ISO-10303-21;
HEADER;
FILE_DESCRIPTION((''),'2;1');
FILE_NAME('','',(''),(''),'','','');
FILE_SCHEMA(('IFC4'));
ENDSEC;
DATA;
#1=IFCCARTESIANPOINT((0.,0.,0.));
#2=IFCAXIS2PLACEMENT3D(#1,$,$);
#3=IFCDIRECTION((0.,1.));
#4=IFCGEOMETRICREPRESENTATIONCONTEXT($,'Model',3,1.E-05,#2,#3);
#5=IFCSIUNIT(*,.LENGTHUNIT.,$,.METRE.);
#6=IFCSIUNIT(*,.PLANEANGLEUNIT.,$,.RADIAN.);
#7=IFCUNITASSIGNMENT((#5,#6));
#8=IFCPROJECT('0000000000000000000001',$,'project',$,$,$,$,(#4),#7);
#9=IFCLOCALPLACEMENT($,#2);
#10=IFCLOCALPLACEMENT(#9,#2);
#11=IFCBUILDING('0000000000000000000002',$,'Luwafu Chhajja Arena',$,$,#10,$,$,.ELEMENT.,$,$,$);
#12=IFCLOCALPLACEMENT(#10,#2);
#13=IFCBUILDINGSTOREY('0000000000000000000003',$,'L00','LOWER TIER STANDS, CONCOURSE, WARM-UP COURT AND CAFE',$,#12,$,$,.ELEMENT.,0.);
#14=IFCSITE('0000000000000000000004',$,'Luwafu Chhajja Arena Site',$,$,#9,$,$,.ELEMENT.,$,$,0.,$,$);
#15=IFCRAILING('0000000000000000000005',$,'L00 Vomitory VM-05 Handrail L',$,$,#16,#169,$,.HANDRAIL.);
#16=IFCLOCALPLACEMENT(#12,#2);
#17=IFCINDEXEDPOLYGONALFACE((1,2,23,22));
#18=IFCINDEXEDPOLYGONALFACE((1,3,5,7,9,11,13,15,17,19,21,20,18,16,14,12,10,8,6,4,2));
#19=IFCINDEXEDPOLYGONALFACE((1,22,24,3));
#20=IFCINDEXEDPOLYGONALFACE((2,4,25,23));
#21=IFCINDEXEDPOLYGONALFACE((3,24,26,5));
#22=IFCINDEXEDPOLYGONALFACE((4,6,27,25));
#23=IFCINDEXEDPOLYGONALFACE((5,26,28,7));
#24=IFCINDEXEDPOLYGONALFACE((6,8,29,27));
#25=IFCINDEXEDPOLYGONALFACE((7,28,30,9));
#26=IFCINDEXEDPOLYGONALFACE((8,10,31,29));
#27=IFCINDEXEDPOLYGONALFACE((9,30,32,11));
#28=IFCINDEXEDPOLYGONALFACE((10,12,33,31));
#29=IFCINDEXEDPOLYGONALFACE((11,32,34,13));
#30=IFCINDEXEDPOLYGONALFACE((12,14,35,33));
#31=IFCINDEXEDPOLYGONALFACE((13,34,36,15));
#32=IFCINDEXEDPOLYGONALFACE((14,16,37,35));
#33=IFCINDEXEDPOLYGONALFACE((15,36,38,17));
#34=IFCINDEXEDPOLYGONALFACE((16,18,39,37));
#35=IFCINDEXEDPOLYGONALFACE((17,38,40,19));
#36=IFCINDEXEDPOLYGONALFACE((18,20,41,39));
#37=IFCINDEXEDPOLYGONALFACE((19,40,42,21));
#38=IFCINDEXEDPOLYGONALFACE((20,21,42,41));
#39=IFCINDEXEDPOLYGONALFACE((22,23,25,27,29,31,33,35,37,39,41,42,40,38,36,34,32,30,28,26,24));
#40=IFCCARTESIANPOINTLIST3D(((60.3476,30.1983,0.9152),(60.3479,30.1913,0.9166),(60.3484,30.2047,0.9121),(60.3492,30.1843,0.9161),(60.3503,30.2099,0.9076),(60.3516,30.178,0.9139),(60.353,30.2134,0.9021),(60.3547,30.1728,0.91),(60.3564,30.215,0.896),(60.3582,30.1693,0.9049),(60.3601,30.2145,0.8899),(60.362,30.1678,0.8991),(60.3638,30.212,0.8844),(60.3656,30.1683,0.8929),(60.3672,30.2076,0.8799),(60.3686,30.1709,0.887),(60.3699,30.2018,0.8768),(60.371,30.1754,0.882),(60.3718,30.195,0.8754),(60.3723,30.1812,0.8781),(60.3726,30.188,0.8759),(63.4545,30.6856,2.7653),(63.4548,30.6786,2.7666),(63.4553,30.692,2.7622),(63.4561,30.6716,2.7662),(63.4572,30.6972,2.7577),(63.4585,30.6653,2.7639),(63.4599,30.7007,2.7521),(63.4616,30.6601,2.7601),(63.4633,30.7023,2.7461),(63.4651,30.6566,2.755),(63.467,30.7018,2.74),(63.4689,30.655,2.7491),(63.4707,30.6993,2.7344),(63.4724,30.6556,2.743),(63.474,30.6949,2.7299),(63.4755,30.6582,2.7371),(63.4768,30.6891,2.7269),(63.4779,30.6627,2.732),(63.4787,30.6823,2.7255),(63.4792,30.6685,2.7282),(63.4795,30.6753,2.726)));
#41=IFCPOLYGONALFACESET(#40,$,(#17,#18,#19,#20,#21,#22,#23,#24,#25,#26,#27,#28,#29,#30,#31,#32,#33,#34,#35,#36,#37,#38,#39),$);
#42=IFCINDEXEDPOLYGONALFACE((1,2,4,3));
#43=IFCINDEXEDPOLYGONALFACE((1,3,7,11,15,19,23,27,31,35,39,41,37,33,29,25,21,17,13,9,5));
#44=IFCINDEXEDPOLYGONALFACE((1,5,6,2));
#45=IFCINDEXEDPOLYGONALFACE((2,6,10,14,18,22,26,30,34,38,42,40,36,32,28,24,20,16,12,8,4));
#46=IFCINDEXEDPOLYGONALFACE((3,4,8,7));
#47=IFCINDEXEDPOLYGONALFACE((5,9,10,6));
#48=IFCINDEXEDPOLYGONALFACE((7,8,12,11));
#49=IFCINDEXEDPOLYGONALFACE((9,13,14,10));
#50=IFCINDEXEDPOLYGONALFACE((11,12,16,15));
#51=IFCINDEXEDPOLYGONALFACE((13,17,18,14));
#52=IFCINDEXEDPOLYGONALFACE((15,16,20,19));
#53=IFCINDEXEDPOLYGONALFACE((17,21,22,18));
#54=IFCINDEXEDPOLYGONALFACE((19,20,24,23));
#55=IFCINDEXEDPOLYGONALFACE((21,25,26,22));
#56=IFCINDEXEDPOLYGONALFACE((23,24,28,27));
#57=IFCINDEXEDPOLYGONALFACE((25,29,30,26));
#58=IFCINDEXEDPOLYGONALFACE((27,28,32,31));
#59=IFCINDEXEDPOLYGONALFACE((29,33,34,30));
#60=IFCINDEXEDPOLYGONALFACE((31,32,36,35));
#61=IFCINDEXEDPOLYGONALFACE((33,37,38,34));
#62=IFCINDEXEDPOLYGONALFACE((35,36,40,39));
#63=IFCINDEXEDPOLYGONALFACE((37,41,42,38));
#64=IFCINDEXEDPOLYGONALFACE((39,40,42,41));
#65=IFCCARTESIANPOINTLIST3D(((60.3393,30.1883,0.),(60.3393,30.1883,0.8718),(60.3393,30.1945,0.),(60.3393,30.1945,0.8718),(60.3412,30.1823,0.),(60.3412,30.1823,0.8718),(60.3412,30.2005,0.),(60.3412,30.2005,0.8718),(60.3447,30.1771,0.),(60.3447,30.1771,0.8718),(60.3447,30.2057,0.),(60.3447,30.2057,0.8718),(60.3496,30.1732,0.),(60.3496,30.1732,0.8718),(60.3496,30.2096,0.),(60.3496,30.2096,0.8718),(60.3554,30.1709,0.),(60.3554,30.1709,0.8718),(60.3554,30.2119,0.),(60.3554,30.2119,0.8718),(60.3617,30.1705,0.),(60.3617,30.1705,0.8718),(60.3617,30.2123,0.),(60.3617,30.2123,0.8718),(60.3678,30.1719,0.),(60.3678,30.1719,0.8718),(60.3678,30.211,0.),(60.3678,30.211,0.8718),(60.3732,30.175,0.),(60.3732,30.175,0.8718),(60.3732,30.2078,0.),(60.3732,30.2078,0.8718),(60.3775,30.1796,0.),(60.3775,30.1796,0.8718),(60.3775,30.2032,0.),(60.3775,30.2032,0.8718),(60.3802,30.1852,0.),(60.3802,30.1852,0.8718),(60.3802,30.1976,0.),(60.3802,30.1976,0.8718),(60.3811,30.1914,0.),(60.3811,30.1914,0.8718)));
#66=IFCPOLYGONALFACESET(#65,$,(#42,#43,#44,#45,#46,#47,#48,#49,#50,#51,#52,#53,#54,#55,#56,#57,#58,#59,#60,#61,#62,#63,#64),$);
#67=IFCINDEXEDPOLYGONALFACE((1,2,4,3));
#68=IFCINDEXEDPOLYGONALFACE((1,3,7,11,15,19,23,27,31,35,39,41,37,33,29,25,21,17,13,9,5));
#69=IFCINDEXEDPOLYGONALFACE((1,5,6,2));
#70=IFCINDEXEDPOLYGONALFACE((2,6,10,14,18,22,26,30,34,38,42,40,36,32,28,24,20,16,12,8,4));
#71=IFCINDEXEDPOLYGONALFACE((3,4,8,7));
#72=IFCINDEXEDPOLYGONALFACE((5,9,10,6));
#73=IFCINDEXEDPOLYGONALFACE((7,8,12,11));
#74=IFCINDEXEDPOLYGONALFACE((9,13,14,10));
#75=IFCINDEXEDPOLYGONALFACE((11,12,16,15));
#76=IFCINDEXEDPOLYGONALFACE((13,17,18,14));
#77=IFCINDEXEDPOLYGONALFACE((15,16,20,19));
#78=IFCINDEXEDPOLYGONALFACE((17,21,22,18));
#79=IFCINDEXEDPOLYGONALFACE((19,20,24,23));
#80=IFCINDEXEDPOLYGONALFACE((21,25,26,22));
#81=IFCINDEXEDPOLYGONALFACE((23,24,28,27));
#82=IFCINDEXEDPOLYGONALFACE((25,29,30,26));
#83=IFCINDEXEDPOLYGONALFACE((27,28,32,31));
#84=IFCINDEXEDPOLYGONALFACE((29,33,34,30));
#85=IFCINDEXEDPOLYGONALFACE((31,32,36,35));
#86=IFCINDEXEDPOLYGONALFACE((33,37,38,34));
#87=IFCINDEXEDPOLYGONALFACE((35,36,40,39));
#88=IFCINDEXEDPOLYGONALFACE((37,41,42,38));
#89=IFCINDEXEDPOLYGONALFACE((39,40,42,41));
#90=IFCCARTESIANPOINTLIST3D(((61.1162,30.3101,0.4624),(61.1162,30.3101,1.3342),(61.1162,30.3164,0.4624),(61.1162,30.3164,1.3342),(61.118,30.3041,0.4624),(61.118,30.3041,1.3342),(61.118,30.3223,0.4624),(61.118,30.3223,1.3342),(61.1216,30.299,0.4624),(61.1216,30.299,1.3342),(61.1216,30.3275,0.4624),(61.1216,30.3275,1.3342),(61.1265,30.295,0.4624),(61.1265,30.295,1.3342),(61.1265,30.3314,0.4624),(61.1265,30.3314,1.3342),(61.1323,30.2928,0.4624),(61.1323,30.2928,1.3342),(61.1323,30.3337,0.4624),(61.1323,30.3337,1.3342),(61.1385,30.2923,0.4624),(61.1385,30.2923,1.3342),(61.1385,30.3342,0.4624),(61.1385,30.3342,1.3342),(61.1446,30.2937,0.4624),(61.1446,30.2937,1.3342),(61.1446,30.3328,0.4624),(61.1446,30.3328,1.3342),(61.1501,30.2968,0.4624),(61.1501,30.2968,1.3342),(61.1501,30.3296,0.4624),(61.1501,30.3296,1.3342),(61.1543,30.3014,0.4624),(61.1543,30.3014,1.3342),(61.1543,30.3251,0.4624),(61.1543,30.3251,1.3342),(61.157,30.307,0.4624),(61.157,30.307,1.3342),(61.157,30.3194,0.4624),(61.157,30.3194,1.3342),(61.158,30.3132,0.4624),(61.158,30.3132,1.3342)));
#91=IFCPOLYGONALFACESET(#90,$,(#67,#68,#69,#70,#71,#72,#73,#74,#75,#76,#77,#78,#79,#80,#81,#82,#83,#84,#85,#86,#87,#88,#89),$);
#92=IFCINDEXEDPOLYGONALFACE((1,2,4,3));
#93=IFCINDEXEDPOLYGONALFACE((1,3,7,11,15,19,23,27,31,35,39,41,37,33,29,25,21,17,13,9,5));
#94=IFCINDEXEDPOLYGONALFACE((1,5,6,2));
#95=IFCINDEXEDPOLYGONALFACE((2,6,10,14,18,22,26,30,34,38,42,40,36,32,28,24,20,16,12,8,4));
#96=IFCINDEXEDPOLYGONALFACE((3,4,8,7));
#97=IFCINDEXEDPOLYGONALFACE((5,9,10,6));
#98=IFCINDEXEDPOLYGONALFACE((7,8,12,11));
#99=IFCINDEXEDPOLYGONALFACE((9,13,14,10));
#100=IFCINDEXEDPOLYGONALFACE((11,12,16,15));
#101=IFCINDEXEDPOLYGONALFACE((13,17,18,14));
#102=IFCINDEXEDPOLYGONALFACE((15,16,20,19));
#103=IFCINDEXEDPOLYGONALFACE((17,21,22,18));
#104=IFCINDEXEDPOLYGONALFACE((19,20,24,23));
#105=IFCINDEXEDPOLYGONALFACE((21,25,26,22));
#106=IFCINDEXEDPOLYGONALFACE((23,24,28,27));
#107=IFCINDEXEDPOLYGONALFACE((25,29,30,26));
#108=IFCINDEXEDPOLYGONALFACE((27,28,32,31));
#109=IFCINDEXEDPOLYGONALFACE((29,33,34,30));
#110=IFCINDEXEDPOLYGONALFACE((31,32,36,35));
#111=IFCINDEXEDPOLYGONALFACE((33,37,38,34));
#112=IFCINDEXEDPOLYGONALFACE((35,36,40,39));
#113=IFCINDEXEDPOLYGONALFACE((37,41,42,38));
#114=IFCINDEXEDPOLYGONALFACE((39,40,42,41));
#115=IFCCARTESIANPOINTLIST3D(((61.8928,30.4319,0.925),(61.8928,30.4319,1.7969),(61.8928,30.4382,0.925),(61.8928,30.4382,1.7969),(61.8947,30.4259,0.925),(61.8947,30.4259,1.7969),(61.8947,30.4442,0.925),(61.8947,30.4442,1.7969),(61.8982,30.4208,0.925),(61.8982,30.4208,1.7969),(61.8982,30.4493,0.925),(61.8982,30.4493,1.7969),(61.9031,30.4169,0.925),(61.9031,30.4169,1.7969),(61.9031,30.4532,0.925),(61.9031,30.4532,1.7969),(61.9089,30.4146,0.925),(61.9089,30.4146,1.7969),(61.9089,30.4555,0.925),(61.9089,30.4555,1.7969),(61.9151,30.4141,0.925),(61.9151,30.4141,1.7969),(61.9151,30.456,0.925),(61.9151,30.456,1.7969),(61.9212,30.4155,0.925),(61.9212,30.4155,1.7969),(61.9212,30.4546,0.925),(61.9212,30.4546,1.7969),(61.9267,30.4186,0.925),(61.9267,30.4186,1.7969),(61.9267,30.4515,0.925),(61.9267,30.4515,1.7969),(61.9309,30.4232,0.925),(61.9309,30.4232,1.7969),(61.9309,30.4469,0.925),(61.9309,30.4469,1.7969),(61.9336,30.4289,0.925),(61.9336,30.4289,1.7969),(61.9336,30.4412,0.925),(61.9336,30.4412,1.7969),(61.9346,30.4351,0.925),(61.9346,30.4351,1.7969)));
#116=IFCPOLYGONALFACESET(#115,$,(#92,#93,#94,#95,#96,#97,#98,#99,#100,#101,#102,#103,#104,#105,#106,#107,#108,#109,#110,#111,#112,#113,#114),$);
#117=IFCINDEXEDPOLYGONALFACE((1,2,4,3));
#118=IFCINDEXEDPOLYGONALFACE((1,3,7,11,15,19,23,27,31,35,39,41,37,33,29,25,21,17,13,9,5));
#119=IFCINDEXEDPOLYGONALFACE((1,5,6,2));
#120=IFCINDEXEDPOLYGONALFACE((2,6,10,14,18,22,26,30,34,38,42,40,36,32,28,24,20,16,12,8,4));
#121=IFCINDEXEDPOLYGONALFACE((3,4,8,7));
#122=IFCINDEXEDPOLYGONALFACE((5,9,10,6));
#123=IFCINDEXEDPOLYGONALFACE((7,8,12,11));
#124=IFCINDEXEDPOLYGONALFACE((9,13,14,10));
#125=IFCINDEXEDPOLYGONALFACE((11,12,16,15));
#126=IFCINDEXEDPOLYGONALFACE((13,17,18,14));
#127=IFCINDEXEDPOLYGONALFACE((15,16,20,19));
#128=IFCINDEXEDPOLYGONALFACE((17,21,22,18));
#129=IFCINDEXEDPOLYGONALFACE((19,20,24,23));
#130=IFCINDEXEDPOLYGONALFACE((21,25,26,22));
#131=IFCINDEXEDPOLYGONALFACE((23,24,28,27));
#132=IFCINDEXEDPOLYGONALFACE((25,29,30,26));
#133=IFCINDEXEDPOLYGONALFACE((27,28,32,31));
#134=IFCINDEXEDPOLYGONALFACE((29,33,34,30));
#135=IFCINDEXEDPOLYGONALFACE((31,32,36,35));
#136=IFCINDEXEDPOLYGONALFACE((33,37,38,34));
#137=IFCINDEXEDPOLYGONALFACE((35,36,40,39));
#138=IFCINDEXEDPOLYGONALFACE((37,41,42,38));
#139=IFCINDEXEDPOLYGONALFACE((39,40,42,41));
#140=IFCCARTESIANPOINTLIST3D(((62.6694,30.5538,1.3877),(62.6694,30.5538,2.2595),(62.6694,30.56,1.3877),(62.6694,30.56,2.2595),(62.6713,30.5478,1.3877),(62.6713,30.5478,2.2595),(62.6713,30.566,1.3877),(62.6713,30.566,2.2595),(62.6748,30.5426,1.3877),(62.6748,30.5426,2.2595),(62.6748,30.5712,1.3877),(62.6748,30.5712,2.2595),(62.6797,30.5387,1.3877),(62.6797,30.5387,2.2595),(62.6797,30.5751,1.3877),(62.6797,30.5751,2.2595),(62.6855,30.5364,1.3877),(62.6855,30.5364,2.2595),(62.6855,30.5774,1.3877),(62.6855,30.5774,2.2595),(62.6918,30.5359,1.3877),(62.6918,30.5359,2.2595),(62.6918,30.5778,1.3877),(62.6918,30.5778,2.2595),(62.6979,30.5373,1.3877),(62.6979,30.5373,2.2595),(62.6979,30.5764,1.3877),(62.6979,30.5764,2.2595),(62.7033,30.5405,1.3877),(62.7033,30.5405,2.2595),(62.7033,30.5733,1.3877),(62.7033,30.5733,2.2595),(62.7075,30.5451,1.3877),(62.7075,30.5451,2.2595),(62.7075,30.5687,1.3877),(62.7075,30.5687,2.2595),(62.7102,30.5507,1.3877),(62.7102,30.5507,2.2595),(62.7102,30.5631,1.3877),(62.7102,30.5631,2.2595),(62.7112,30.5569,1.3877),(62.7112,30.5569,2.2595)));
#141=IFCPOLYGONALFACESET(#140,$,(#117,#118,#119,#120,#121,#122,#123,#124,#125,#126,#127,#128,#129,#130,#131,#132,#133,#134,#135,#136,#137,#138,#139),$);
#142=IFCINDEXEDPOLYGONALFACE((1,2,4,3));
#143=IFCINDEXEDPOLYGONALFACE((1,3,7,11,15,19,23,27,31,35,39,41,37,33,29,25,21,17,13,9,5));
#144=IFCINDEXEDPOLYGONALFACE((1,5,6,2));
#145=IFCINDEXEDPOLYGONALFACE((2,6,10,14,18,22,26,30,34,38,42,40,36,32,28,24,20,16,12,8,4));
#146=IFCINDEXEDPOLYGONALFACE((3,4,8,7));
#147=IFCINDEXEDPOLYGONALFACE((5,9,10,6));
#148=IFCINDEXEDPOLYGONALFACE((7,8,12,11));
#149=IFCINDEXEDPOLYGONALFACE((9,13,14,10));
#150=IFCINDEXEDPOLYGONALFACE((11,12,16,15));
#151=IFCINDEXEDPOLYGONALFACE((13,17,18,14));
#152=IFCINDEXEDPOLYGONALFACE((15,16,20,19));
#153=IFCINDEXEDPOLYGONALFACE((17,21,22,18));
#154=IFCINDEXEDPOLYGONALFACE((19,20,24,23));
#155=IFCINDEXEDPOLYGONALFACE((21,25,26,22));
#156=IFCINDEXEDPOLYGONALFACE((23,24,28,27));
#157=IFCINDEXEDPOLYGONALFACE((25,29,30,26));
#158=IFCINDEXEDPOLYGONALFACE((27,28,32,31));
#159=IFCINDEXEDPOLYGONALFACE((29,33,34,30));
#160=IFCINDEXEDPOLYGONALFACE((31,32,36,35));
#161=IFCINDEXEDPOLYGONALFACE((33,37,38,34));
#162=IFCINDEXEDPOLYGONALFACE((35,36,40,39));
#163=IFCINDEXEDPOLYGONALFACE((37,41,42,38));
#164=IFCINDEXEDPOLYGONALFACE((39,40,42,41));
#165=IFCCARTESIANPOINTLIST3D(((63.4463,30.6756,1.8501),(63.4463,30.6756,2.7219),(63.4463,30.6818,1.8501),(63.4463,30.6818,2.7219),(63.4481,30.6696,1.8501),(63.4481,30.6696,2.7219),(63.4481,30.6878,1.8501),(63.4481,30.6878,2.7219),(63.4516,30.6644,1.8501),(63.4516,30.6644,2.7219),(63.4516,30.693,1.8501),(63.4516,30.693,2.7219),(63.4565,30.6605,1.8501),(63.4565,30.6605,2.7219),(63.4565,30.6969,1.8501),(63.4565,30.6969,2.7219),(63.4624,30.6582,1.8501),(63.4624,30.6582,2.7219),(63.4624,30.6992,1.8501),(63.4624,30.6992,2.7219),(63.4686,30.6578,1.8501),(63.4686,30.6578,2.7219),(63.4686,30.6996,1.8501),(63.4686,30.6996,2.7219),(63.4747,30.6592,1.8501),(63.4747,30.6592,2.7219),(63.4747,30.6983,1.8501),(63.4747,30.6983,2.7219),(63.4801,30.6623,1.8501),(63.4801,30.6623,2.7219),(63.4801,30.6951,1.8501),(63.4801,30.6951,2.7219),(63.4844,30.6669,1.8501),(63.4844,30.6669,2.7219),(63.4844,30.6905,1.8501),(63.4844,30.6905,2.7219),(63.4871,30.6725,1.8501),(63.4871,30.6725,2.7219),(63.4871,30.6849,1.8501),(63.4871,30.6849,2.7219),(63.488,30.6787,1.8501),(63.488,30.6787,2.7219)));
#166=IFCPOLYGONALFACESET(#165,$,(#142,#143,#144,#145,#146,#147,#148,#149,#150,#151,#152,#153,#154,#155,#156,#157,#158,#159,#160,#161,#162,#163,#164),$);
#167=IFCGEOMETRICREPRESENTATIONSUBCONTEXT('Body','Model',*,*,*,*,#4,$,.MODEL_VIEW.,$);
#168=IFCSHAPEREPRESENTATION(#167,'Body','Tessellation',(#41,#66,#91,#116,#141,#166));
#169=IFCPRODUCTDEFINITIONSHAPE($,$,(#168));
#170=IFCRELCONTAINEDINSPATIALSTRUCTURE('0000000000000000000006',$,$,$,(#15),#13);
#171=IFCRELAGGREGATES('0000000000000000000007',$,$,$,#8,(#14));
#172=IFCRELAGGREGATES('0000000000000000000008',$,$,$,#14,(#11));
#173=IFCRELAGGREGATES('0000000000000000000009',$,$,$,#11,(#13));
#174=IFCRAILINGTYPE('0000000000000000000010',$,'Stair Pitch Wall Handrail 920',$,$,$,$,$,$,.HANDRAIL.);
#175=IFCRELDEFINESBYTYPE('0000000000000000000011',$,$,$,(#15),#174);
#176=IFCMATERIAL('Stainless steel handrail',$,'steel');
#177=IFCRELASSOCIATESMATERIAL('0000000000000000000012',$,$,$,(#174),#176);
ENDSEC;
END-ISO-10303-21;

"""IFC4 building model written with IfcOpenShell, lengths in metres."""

from ifc_helpers import new_model, si_unit, direction, frame, origin, origin_2d, place, context, subcontext, project, spatial, circle, extrude, material, type_object, element, save


model = new_model("IFC4")

# Units and contexts
model_context = context("Model", 3, precision=1e-05, world=origin(), true_north=direction((0.0, 1.0)))
body_context = subcontext(model_context, "Body", "Model", "MODEL_VIEW")
ifc_project = project(units=[si_unit("LENGTHUNIT", "METRE"), si_unit("PLANEANGLEUNIT", "RADIAN")], contexts=[model_context])

# Site, building, storey
site_placement = place(None, origin())
site = spatial("IfcSite", under=ifc_project, at=site_placement, Name="Luwafu Chhajja Arena Site", CompositionType="ELEMENT", RefElevation=0.0)
building_placement = place(site_placement, origin())
building = spatial("IfcBuilding", under=site, at=building_placement, Name="Luwafu Chhajja Arena", CompositionType="ELEMENT")
storey_placement = place(building_placement, origin())
storey = spatial("IfcBuildingStorey", under=building, at=storey_placement, Name="L00", Description="LOWER TIER STANDS, CONCOURSE, WARM-UP COURT AND CAFE", CompositionType="ELEMENT", Elevation=0.0)

# Railing
ifc_material_1 = material(Name="Stainless steel handrail", Category="steel")
railing_type_1 = type_object("IfcRailingType", Name="Stair Pitch Wall Handrail 920", PredefinedType="HANDRAIL", material=ifc_material_1)
for number, where, name in (
    (1, (60.3601, 30.1914, 0.0), "L00 Vomitory VM-05 Handrail L"),
):
    element("IfcRailing", number, at=place(storey_placement, frame(where)), inside=storey, type_object=railing_type_1, Name=name, PredefinedType="HANDRAIL", context=body_context, shape_type="SweptSolid", body=[
        extrude(circle(Radius=0.0239, at=origin_2d()), frame((0.0, 0.0, 0.896), z_axis=(0.851507, 0.133554, 0.50705), x_axis=(-0.15495, 0.987922, 0.0)), (0.0, 0.0, 1.0), 3.6487),
        extrude(circle(Radius=0.021, at=origin_2d()), origin(), (0.0, 0.0, 1.0), 0.8718),
        extrude(circle(Radius=0.021, at=origin_2d()), frame((0.7769, 0.1218, 0.4624)), (0.0, 0.0, 1.0), 0.8718),
        extrude(circle(Radius=0.021, at=origin_2d()), frame((1.5535, 0.2437, 0.925)), (0.0, 0.0, 1.0), 0.8718),
        extrude(circle(Radius=0.021, at=origin_2d()), frame((2.3301, 0.3655, 1.3877)), (0.0, 0.0, 1.0), 0.8718),
        extrude(circle(Radius=0.021, at=origin_2d()), frame((3.1069, 0.4873, 1.8501)), (0.0, 0.0, 1.0), 0.8718),
    ])

save(model, "model.ifc")
